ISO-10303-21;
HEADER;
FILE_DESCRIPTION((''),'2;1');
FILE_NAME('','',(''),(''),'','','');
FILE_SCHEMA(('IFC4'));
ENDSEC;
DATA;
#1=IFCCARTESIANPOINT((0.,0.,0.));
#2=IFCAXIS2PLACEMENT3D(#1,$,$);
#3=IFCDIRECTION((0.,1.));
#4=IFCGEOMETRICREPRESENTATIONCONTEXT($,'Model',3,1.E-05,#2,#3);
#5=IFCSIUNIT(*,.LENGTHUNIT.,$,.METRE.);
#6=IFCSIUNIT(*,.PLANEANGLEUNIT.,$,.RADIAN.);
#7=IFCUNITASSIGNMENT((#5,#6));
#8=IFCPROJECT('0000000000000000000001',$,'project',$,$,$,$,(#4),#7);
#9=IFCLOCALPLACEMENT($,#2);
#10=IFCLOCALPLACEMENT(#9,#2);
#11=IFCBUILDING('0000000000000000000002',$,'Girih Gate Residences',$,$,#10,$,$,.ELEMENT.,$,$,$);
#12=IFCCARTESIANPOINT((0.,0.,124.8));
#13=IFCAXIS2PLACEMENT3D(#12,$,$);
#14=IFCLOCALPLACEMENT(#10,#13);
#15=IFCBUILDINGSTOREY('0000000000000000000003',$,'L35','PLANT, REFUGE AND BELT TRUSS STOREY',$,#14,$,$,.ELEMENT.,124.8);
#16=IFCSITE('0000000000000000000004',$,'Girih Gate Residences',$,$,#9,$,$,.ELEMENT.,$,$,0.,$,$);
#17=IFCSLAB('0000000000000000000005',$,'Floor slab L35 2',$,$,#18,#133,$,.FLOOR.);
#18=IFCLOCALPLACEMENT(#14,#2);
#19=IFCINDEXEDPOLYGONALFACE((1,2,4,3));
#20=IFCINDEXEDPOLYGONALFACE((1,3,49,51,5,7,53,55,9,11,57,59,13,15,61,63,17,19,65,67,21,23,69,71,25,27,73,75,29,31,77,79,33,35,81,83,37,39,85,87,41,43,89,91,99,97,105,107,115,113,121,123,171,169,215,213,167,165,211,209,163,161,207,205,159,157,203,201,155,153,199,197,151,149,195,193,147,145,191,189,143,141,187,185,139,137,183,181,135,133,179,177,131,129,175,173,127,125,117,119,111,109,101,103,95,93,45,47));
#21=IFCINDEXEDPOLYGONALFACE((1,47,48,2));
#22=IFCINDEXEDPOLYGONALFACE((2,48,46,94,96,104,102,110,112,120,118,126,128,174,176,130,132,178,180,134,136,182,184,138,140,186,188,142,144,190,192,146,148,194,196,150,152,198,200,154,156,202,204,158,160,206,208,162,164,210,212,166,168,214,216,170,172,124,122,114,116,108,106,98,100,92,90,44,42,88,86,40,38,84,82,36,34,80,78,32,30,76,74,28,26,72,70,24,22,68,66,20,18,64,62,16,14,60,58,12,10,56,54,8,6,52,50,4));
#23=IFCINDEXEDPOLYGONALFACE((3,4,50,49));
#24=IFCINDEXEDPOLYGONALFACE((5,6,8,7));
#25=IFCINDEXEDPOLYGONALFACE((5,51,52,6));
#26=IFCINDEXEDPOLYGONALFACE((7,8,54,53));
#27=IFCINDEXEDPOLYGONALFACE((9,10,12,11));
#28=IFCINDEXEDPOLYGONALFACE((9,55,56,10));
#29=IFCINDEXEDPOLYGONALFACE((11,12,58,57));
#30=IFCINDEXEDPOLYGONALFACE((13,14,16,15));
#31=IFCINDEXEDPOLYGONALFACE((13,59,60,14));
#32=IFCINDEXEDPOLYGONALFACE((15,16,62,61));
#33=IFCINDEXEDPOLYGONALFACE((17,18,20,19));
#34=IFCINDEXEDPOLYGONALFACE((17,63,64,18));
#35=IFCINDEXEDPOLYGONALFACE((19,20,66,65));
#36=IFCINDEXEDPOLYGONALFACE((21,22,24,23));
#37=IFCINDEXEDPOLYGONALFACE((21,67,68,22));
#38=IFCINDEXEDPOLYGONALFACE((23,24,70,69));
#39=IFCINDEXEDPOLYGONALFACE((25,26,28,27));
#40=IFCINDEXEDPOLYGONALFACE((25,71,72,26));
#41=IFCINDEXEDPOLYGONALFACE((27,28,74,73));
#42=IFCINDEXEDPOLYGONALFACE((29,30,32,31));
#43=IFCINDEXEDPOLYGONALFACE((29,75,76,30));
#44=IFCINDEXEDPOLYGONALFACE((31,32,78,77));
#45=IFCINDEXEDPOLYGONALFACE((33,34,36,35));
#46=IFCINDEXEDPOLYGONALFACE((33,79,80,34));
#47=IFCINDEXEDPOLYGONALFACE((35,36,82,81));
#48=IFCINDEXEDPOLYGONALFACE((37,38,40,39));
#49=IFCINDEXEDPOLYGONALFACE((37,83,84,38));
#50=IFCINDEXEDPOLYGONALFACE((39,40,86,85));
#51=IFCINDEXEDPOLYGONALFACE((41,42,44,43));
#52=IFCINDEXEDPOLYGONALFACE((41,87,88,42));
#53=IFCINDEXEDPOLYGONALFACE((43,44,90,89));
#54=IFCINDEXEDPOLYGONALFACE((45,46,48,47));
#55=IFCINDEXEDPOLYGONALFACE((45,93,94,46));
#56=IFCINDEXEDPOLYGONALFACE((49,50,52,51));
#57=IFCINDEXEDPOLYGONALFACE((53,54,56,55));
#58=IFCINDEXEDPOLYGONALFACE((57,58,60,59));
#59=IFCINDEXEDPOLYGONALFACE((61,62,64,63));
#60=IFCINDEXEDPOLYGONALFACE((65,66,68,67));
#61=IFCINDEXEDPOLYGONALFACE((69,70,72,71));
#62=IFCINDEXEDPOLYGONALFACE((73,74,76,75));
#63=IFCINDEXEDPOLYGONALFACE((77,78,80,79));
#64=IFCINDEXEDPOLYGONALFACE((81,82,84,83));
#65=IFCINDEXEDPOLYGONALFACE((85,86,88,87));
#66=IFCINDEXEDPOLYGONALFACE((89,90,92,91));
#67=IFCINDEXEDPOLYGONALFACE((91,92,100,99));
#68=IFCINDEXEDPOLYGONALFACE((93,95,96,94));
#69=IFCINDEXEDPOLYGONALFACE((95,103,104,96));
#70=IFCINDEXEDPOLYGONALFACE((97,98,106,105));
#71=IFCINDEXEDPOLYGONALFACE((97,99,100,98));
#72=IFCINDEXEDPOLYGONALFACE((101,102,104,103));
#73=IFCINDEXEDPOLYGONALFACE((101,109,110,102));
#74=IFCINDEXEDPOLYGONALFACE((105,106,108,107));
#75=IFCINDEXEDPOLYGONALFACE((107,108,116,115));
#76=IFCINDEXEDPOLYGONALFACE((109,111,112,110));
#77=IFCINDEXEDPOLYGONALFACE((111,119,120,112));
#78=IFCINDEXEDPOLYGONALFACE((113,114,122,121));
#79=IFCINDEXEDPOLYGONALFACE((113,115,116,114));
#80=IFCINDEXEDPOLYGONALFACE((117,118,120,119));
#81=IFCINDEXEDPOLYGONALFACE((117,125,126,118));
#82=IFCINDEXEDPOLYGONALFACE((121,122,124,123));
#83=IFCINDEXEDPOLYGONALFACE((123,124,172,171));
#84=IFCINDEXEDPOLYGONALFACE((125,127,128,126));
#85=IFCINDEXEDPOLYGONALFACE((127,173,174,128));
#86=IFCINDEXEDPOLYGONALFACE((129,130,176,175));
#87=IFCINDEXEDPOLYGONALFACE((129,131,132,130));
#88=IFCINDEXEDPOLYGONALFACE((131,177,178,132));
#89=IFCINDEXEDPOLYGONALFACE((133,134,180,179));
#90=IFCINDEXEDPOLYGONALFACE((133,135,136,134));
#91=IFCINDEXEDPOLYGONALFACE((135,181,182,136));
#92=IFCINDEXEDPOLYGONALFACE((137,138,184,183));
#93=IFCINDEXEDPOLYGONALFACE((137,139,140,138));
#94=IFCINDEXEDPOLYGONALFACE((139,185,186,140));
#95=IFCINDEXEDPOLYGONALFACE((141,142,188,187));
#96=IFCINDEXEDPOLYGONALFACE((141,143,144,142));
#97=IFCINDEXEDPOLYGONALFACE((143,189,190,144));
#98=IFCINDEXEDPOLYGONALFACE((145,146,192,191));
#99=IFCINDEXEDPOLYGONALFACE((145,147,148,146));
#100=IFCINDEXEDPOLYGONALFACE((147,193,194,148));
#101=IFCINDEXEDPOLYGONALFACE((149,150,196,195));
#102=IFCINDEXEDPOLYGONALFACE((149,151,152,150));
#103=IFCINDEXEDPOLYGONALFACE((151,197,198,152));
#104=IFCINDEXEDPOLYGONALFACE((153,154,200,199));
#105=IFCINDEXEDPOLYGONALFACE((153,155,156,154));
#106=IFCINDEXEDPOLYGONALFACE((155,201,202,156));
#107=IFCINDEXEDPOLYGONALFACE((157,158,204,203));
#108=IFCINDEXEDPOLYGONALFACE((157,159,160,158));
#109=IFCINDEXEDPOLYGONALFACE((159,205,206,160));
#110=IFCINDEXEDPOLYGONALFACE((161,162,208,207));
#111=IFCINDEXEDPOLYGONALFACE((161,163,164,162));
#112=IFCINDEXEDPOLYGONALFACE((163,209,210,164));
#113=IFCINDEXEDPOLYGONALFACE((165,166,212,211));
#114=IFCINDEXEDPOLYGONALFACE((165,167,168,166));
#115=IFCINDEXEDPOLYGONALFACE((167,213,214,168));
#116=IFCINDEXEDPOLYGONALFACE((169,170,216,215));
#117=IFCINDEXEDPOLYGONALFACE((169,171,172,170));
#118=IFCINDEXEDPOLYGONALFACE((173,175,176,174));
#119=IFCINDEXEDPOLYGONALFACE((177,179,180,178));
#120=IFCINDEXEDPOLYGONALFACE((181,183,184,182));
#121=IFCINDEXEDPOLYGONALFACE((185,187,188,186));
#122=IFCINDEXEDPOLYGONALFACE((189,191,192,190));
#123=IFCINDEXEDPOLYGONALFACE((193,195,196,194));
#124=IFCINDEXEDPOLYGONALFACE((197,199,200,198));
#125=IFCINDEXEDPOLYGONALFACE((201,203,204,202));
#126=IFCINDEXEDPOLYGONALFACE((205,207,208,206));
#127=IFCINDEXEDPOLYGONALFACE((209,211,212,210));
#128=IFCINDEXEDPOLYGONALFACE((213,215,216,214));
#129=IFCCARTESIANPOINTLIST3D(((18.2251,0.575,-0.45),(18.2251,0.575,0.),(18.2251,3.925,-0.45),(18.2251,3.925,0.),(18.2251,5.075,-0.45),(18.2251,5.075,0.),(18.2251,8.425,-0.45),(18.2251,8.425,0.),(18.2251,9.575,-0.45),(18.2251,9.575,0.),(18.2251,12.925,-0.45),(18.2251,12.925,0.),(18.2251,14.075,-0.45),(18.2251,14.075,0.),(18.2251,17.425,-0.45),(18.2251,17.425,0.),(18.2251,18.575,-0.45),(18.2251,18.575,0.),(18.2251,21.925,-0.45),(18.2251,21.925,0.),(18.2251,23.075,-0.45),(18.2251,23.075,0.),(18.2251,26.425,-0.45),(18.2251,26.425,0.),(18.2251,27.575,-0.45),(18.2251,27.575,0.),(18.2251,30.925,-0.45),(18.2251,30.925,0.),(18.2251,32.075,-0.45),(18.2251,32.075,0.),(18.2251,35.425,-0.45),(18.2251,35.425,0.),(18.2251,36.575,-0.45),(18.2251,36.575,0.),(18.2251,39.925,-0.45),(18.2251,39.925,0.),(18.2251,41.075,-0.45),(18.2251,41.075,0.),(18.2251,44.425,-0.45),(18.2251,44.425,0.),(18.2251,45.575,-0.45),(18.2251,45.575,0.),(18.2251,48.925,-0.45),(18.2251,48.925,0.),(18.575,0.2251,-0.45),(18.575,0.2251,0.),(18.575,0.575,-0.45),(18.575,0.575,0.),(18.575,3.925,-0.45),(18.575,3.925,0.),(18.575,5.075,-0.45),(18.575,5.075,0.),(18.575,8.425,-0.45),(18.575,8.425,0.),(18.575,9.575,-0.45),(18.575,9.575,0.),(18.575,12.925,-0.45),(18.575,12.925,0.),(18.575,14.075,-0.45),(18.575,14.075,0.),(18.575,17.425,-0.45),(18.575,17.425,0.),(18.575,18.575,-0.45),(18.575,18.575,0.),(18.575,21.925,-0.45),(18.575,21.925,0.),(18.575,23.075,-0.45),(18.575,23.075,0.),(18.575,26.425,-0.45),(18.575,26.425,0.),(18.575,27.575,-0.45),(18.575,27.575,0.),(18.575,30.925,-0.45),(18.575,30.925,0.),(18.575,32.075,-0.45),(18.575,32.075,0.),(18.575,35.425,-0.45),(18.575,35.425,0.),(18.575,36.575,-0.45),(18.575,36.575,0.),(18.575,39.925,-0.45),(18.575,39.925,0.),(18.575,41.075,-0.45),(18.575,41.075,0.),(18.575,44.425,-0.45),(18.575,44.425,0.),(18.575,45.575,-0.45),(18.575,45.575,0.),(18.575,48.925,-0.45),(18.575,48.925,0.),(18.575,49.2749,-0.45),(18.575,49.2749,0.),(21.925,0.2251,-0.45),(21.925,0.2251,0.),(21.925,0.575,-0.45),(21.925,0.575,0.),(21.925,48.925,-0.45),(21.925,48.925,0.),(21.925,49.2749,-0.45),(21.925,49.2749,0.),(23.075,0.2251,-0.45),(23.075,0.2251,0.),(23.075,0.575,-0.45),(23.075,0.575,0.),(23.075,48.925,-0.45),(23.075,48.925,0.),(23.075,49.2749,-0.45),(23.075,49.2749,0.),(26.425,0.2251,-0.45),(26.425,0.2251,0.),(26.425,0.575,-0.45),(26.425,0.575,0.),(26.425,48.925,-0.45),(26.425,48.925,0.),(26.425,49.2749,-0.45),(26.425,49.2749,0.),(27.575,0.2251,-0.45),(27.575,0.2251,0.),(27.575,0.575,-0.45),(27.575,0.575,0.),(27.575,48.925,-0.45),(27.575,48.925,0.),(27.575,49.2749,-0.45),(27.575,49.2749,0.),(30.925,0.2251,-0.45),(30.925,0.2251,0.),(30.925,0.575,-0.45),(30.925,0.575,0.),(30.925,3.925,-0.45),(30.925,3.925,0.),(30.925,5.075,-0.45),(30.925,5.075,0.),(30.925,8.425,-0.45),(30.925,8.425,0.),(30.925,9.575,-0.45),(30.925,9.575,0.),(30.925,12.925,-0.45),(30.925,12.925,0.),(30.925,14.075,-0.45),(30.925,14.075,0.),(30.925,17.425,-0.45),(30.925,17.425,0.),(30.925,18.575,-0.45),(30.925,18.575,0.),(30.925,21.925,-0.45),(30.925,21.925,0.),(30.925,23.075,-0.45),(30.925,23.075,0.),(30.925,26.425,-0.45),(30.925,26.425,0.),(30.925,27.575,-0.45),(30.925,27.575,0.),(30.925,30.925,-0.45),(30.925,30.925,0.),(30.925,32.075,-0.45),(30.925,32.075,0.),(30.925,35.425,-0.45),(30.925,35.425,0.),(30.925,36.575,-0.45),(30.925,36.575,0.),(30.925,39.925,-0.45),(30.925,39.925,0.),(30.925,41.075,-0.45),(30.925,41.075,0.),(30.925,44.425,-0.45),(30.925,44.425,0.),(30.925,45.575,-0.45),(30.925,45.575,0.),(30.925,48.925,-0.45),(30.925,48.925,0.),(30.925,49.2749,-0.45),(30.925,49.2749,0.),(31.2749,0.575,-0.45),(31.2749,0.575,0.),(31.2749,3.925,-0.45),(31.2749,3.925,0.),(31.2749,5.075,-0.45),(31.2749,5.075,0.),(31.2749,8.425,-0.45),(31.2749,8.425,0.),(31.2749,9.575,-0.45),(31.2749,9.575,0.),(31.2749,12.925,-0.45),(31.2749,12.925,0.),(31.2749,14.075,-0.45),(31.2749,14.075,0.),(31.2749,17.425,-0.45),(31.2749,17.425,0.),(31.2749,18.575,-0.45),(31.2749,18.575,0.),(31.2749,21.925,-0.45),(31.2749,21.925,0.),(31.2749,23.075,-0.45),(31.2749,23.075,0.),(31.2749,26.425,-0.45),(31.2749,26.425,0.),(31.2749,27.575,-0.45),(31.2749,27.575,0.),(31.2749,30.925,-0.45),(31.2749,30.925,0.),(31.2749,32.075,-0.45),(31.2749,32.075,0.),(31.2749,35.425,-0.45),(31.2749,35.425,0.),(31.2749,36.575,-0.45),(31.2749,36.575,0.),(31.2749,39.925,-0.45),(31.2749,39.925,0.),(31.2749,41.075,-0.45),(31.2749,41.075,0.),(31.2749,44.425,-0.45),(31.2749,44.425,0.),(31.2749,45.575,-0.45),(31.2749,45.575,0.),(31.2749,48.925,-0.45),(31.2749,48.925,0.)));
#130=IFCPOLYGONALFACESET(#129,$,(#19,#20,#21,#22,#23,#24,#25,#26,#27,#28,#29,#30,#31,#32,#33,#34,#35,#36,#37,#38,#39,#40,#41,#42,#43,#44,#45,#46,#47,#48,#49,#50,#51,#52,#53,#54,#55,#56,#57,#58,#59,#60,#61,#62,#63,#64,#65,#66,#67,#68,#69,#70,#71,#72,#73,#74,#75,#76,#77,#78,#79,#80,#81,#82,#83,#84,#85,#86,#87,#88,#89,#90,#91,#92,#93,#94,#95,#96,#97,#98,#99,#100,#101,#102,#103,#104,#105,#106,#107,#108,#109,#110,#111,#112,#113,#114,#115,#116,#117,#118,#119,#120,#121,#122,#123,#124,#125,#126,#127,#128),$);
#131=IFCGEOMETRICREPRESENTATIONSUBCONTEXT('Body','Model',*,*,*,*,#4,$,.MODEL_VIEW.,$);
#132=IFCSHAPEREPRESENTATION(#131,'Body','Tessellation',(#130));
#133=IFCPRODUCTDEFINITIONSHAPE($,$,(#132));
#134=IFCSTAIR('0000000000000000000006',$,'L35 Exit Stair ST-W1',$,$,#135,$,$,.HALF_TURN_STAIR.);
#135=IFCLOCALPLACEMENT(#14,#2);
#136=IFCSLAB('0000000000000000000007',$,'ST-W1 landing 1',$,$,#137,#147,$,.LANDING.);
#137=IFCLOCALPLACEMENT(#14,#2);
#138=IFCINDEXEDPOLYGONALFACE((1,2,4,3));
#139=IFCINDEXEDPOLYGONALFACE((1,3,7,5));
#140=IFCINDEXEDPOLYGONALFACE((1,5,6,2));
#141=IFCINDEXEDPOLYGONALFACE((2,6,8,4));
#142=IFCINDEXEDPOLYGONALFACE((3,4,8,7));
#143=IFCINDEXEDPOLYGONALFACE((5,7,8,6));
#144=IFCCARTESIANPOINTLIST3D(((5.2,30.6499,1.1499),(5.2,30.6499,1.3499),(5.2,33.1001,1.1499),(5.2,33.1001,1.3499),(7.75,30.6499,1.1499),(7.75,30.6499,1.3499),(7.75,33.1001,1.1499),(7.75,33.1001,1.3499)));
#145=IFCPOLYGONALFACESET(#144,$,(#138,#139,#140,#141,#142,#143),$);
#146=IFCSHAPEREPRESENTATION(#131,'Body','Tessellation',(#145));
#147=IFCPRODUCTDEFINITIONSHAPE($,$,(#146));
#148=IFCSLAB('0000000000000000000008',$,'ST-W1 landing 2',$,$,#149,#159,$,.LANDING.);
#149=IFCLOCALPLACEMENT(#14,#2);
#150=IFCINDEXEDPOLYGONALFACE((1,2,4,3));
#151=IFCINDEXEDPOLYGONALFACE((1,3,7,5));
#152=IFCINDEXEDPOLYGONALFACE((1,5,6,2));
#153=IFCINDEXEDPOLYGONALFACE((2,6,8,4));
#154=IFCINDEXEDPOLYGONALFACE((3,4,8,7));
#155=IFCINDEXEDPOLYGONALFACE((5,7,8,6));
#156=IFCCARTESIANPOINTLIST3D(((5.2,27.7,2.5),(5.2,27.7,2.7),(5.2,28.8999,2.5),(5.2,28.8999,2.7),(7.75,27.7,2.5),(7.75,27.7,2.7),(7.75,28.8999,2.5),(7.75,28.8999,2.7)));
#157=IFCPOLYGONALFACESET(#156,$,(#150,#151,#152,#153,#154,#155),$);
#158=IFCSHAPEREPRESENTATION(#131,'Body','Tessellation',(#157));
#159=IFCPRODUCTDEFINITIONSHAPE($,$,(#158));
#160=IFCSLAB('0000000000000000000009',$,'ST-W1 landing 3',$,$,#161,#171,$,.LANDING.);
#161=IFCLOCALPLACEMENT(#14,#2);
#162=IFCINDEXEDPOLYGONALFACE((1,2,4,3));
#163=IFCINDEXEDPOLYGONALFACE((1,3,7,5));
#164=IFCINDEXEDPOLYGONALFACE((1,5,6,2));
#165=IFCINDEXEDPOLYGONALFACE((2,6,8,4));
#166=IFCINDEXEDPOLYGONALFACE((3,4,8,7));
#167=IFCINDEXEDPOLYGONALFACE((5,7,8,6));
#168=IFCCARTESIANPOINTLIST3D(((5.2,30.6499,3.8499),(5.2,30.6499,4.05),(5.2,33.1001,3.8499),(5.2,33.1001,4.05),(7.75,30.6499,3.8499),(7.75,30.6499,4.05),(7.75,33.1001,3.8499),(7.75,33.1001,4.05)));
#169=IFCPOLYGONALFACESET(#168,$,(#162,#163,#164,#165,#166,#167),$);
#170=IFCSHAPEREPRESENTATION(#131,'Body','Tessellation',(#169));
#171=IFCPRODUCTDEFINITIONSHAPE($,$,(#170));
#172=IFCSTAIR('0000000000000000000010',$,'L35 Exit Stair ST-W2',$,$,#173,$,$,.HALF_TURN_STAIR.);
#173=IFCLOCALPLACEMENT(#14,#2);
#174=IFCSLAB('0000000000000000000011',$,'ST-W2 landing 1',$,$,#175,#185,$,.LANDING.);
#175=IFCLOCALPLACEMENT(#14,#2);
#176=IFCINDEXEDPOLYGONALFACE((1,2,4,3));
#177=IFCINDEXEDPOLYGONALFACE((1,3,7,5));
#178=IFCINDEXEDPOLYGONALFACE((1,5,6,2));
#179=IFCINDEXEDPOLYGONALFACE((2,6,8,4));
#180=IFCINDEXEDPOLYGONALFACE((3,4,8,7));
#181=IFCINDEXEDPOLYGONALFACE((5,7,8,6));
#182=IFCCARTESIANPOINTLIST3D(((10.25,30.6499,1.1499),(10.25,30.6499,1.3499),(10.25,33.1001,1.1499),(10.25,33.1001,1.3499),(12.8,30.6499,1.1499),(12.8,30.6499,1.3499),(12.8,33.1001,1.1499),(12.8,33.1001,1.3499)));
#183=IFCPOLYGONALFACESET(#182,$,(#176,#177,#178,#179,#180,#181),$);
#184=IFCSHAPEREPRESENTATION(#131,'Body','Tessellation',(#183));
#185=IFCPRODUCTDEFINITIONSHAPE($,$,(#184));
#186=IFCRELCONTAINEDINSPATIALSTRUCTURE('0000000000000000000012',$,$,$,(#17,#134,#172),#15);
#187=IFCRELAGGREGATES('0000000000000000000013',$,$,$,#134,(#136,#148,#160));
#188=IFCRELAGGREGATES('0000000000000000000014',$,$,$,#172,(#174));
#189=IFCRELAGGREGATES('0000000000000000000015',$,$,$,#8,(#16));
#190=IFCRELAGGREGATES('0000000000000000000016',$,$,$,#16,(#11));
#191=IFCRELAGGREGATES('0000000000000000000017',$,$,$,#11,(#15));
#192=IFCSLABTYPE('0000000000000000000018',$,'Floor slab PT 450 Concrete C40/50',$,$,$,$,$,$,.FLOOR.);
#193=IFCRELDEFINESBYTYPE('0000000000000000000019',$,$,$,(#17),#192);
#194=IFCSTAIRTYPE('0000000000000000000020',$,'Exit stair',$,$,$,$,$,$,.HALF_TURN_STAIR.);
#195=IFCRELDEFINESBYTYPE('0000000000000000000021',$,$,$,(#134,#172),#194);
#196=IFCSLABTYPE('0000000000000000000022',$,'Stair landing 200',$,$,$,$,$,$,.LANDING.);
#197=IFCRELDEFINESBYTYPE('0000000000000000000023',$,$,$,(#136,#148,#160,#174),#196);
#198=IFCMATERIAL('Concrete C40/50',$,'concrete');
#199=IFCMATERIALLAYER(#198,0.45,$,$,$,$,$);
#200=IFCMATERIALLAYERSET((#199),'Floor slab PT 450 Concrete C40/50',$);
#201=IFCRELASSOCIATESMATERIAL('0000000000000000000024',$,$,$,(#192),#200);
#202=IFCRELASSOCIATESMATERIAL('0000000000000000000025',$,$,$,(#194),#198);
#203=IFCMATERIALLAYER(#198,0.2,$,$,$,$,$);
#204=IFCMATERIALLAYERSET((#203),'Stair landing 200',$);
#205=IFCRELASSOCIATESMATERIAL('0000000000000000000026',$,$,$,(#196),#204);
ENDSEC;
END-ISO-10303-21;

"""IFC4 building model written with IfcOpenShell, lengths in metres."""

from ifc_helpers import new_model, si_unit, direction, frame, origin, place, context, subcontext, project, spatial, polyline, outline, extrude, material, layer, layer_set, type_object, element, aggregate, save


model = new_model("IFC4")

# Units and contexts
model_context = context("Model", 3, precision=1e-05, world=origin(), true_north=direction((0.0, 1.0)))
body_context = subcontext(model_context, "Body", "Model", "MODEL_VIEW")
ifc_project = project(units=[si_unit("LENGTHUNIT", "METRE"), si_unit("PLANEANGLEUNIT", "RADIAN")], contexts=[model_context])

# Site, building, storey
site_placement = place(None, origin())
site = spatial("IfcSite", under=ifc_project, at=site_placement, Name="Girih Gate Residences", CompositionType="ELEMENT", RefElevation=0.0)
building_placement = place(site_placement, origin())
building = spatial("IfcBuilding", under=site, at=building_placement, Name="Girih Gate Residences", CompositionType="ELEMENT")
storey_placement = place(building_placement, frame((0.0, 0.0, 124.8)))
storey = spatial("IfcBuildingStorey", under=building, at=storey_placement, Name="L35", Description="PLANT, REFUGE AND BELT TRUSS STOREY", CompositionType="ELEMENT", Elevation=124.8)

# Slab
ifc_material_1 = material(Name="Concrete C40/50", Category="concrete")
ifc_layer_1 = layer(ifc_material_1, 0.45)
ifc_layer_set_1 = layer_set([ifc_layer_1], Name="Floor slab PT 450 Concrete C40/50")
slab_type_1 = type_object("IfcSlabType", Name="Floor slab PT 450 Concrete C40/50", PredefinedType="FLOOR", material=ifc_layer_set_1)
slab_1_placement = place(storey_placement, frame((0.0, 0.0, -0.45)))
element("IfcSlab", 1, at=slab_1_placement, inside=storey, type_object=slab_type_1, Name="Floor slab L35 2", PredefinedType="FLOOR", context=body_context, shape_type="SweptSolid", body=[
    extrude(outline(polyline([(21.925, 49.2749), (18.575, 49.2749), (18.575, 48.925), (18.2251, 48.925), (18.2251, 45.575), (18.575, 45.575), (18.575, 44.425), (18.2251, 44.425), (18.2251, 41.075), (18.575, 41.075), (18.575, 39.925), (18.2251, 39.925), (18.2251, 36.575), (18.575, 36.575), (18.575, 35.425), (18.2251, 35.425), (18.2251, 32.075), (18.575, 32.075), (18.575, 30.925), (18.2251, 30.925), (18.2251, 27.575), (18.575, 27.575), (18.575, 26.425), (18.2251, 26.425), (18.2251, 23.075), (18.575, 23.075), (18.575, 21.925), (18.2251, 21.925), (18.2251, 18.575), (18.575, 18.575), (18.575, 17.425), (18.2251, 17.425), (18.2251, 14.075), (18.575, 14.075), (18.575, 12.925), (18.2251, 12.925), (18.2251, 9.575), (18.575, 9.575), (18.575, 8.425), (18.2251, 8.425), (18.2251, 5.075), (18.575, 5.075), (18.575, 3.925), (18.2251, 3.925), (18.2251, 0.575), (18.575, 0.575), (18.575, 0.2251), (21.925, 0.2251), (21.925, 0.575), (23.075, 0.575), (23.075, 0.2251), (26.425, 0.2251), (26.425, 0.575), (27.575, 0.575), (27.575, 0.2251), (30.925, 0.2251), (30.925, 0.575), (31.2749, 0.575), (31.2749, 3.925), (30.925, 3.925), (30.925, 5.075), (31.2749, 5.075), (31.2749, 8.425), (30.925, 8.425), (30.925, 9.575), (31.2749, 9.575), (31.2749, 12.925), (30.925, 12.925), (30.925, 14.075), (31.2749, 14.075), (31.2749, 17.425), (30.925, 17.425), (30.925, 18.575), (31.2749, 18.575), (31.2749, 21.925), (30.925, 21.925), (30.925, 23.075), (31.2749, 23.075), (31.2749, 26.425), (30.925, 26.425), (30.925, 27.575), (31.2749, 27.575), (31.2749, 30.925), (30.925, 30.925), (30.925, 32.075), (31.2749, 32.075), (31.2749, 35.425), (30.925, 35.425), (30.925, 36.575), (31.2749, 36.575), (31.2749, 39.925), (30.925, 39.925), (30.925, 41.075), (31.2749, 41.075), (31.2749, 44.425), (30.925, 44.425), (30.925, 45.575), (31.2749, 45.575), (31.2749, 48.925), (30.925, 48.925), (30.925, 49.2749), (27.575, 49.2749), (27.575, 48.925), (26.425, 48.925), (26.425, 49.2749), (23.075, 49.2749), (23.075, 48.925), (21.925, 48.925), (21.925, 49.2749)])), origin(), (0.0, 0.0, 1.0), 0.45),
])

# Stairs, slabs
stair_type = type_object("IfcStairType", Name="Exit stair", PredefinedType="HALF_TURN_STAIR", material=ifc_material_1)
stair_1_placement = place(storey_placement, origin())
stair_1 = element("IfcStair", 2, at=stair_1_placement, inside=storey, type_object=stair_type, Name="L35 Exit Stair ST-W1", PredefinedType="HALF_TURN_STAIR")
ifc_layer_2 = layer(ifc_material_1, 0.2)
ifc_layer_set_2 = layer_set([ifc_layer_2], Name="Stair landing 200")
slab_type_2 = type_object("IfcSlabType", Name="Stair landing 200", PredefinedType="LANDING", material=ifc_layer_set_2)
slab_2_placement = place(storey_placement, frame((0.0, 0.0, 1.1499)))
slab_2 = element("IfcSlab", 3, at=slab_2_placement, type_object=slab_type_2, Name="ST-W1 landing 1", PredefinedType="LANDING", context=body_context, shape_type="SweptSolid", body=[
    extrude(outline(polyline([(7.75, 30.6499), (7.75, 33.1001), (5.2, 33.1001), (5.2, 30.6499), (7.75, 30.6499)])), origin(), (0.0, 0.0, 1.0), 0.2),
])
slab_3_placement = place(storey_placement, frame((0.0, 0.0, 2.5)))
slab_3 = element("IfcSlab", 4, at=slab_3_placement, type_object=slab_type_2, Name="ST-W1 landing 2", PredefinedType="LANDING", context=body_context, shape_type="SweptSolid", body=[
    extrude(outline(polyline([(7.75, 27.7), (7.75, 28.8999), (5.2, 28.8999), (5.2, 27.7), (7.75, 27.7)])), origin(), (0.0, 0.0, 1.0), 0.2),
])
slab_4_placement = place(storey_placement, frame((0.0, 0.0, 3.8499)))
slab_4 = element("IfcSlab", 5, at=slab_4_placement, type_object=slab_type_2, Name="ST-W1 landing 3", PredefinedType="LANDING", context=body_context, shape_type="SweptSolid", body=[
    extrude(outline(polyline([(7.75, 30.6499), (7.75, 33.1001), (5.2, 33.1001), (5.2, 30.6499), (7.75, 30.6499)])), origin(), (0.0, 0.0, 1.0), 0.2002),
])
aggregate(stair_1, [slab_2, slab_3, slab_4])
stair_2_placement = place(storey_placement, origin())
stair_2 = element("IfcStair", 6, at=stair_2_placement, inside=storey, type_object=stair_type, Name="L35 Exit Stair ST-W2", PredefinedType="HALF_TURN_STAIR")
slab_5_placement = place(storey_placement, frame((0.0, 0.0, 1.1499)))
slab_5 = element("IfcSlab", 7, at=slab_5_placement, type_object=slab_type_2, Name="ST-W2 landing 1", PredefinedType="LANDING", context=body_context, shape_type="SweptSolid", body=[
    extrude(outline(polyline([(12.8, 30.6499), (12.8, 33.1001), (10.25, 33.1001), (10.25, 30.6499), (12.8, 30.6499)])), origin(), (0.0, 0.0, 1.0), 0.2),
])
aggregate(stair_2, [slab_5])

save(model, "model.ifc")
